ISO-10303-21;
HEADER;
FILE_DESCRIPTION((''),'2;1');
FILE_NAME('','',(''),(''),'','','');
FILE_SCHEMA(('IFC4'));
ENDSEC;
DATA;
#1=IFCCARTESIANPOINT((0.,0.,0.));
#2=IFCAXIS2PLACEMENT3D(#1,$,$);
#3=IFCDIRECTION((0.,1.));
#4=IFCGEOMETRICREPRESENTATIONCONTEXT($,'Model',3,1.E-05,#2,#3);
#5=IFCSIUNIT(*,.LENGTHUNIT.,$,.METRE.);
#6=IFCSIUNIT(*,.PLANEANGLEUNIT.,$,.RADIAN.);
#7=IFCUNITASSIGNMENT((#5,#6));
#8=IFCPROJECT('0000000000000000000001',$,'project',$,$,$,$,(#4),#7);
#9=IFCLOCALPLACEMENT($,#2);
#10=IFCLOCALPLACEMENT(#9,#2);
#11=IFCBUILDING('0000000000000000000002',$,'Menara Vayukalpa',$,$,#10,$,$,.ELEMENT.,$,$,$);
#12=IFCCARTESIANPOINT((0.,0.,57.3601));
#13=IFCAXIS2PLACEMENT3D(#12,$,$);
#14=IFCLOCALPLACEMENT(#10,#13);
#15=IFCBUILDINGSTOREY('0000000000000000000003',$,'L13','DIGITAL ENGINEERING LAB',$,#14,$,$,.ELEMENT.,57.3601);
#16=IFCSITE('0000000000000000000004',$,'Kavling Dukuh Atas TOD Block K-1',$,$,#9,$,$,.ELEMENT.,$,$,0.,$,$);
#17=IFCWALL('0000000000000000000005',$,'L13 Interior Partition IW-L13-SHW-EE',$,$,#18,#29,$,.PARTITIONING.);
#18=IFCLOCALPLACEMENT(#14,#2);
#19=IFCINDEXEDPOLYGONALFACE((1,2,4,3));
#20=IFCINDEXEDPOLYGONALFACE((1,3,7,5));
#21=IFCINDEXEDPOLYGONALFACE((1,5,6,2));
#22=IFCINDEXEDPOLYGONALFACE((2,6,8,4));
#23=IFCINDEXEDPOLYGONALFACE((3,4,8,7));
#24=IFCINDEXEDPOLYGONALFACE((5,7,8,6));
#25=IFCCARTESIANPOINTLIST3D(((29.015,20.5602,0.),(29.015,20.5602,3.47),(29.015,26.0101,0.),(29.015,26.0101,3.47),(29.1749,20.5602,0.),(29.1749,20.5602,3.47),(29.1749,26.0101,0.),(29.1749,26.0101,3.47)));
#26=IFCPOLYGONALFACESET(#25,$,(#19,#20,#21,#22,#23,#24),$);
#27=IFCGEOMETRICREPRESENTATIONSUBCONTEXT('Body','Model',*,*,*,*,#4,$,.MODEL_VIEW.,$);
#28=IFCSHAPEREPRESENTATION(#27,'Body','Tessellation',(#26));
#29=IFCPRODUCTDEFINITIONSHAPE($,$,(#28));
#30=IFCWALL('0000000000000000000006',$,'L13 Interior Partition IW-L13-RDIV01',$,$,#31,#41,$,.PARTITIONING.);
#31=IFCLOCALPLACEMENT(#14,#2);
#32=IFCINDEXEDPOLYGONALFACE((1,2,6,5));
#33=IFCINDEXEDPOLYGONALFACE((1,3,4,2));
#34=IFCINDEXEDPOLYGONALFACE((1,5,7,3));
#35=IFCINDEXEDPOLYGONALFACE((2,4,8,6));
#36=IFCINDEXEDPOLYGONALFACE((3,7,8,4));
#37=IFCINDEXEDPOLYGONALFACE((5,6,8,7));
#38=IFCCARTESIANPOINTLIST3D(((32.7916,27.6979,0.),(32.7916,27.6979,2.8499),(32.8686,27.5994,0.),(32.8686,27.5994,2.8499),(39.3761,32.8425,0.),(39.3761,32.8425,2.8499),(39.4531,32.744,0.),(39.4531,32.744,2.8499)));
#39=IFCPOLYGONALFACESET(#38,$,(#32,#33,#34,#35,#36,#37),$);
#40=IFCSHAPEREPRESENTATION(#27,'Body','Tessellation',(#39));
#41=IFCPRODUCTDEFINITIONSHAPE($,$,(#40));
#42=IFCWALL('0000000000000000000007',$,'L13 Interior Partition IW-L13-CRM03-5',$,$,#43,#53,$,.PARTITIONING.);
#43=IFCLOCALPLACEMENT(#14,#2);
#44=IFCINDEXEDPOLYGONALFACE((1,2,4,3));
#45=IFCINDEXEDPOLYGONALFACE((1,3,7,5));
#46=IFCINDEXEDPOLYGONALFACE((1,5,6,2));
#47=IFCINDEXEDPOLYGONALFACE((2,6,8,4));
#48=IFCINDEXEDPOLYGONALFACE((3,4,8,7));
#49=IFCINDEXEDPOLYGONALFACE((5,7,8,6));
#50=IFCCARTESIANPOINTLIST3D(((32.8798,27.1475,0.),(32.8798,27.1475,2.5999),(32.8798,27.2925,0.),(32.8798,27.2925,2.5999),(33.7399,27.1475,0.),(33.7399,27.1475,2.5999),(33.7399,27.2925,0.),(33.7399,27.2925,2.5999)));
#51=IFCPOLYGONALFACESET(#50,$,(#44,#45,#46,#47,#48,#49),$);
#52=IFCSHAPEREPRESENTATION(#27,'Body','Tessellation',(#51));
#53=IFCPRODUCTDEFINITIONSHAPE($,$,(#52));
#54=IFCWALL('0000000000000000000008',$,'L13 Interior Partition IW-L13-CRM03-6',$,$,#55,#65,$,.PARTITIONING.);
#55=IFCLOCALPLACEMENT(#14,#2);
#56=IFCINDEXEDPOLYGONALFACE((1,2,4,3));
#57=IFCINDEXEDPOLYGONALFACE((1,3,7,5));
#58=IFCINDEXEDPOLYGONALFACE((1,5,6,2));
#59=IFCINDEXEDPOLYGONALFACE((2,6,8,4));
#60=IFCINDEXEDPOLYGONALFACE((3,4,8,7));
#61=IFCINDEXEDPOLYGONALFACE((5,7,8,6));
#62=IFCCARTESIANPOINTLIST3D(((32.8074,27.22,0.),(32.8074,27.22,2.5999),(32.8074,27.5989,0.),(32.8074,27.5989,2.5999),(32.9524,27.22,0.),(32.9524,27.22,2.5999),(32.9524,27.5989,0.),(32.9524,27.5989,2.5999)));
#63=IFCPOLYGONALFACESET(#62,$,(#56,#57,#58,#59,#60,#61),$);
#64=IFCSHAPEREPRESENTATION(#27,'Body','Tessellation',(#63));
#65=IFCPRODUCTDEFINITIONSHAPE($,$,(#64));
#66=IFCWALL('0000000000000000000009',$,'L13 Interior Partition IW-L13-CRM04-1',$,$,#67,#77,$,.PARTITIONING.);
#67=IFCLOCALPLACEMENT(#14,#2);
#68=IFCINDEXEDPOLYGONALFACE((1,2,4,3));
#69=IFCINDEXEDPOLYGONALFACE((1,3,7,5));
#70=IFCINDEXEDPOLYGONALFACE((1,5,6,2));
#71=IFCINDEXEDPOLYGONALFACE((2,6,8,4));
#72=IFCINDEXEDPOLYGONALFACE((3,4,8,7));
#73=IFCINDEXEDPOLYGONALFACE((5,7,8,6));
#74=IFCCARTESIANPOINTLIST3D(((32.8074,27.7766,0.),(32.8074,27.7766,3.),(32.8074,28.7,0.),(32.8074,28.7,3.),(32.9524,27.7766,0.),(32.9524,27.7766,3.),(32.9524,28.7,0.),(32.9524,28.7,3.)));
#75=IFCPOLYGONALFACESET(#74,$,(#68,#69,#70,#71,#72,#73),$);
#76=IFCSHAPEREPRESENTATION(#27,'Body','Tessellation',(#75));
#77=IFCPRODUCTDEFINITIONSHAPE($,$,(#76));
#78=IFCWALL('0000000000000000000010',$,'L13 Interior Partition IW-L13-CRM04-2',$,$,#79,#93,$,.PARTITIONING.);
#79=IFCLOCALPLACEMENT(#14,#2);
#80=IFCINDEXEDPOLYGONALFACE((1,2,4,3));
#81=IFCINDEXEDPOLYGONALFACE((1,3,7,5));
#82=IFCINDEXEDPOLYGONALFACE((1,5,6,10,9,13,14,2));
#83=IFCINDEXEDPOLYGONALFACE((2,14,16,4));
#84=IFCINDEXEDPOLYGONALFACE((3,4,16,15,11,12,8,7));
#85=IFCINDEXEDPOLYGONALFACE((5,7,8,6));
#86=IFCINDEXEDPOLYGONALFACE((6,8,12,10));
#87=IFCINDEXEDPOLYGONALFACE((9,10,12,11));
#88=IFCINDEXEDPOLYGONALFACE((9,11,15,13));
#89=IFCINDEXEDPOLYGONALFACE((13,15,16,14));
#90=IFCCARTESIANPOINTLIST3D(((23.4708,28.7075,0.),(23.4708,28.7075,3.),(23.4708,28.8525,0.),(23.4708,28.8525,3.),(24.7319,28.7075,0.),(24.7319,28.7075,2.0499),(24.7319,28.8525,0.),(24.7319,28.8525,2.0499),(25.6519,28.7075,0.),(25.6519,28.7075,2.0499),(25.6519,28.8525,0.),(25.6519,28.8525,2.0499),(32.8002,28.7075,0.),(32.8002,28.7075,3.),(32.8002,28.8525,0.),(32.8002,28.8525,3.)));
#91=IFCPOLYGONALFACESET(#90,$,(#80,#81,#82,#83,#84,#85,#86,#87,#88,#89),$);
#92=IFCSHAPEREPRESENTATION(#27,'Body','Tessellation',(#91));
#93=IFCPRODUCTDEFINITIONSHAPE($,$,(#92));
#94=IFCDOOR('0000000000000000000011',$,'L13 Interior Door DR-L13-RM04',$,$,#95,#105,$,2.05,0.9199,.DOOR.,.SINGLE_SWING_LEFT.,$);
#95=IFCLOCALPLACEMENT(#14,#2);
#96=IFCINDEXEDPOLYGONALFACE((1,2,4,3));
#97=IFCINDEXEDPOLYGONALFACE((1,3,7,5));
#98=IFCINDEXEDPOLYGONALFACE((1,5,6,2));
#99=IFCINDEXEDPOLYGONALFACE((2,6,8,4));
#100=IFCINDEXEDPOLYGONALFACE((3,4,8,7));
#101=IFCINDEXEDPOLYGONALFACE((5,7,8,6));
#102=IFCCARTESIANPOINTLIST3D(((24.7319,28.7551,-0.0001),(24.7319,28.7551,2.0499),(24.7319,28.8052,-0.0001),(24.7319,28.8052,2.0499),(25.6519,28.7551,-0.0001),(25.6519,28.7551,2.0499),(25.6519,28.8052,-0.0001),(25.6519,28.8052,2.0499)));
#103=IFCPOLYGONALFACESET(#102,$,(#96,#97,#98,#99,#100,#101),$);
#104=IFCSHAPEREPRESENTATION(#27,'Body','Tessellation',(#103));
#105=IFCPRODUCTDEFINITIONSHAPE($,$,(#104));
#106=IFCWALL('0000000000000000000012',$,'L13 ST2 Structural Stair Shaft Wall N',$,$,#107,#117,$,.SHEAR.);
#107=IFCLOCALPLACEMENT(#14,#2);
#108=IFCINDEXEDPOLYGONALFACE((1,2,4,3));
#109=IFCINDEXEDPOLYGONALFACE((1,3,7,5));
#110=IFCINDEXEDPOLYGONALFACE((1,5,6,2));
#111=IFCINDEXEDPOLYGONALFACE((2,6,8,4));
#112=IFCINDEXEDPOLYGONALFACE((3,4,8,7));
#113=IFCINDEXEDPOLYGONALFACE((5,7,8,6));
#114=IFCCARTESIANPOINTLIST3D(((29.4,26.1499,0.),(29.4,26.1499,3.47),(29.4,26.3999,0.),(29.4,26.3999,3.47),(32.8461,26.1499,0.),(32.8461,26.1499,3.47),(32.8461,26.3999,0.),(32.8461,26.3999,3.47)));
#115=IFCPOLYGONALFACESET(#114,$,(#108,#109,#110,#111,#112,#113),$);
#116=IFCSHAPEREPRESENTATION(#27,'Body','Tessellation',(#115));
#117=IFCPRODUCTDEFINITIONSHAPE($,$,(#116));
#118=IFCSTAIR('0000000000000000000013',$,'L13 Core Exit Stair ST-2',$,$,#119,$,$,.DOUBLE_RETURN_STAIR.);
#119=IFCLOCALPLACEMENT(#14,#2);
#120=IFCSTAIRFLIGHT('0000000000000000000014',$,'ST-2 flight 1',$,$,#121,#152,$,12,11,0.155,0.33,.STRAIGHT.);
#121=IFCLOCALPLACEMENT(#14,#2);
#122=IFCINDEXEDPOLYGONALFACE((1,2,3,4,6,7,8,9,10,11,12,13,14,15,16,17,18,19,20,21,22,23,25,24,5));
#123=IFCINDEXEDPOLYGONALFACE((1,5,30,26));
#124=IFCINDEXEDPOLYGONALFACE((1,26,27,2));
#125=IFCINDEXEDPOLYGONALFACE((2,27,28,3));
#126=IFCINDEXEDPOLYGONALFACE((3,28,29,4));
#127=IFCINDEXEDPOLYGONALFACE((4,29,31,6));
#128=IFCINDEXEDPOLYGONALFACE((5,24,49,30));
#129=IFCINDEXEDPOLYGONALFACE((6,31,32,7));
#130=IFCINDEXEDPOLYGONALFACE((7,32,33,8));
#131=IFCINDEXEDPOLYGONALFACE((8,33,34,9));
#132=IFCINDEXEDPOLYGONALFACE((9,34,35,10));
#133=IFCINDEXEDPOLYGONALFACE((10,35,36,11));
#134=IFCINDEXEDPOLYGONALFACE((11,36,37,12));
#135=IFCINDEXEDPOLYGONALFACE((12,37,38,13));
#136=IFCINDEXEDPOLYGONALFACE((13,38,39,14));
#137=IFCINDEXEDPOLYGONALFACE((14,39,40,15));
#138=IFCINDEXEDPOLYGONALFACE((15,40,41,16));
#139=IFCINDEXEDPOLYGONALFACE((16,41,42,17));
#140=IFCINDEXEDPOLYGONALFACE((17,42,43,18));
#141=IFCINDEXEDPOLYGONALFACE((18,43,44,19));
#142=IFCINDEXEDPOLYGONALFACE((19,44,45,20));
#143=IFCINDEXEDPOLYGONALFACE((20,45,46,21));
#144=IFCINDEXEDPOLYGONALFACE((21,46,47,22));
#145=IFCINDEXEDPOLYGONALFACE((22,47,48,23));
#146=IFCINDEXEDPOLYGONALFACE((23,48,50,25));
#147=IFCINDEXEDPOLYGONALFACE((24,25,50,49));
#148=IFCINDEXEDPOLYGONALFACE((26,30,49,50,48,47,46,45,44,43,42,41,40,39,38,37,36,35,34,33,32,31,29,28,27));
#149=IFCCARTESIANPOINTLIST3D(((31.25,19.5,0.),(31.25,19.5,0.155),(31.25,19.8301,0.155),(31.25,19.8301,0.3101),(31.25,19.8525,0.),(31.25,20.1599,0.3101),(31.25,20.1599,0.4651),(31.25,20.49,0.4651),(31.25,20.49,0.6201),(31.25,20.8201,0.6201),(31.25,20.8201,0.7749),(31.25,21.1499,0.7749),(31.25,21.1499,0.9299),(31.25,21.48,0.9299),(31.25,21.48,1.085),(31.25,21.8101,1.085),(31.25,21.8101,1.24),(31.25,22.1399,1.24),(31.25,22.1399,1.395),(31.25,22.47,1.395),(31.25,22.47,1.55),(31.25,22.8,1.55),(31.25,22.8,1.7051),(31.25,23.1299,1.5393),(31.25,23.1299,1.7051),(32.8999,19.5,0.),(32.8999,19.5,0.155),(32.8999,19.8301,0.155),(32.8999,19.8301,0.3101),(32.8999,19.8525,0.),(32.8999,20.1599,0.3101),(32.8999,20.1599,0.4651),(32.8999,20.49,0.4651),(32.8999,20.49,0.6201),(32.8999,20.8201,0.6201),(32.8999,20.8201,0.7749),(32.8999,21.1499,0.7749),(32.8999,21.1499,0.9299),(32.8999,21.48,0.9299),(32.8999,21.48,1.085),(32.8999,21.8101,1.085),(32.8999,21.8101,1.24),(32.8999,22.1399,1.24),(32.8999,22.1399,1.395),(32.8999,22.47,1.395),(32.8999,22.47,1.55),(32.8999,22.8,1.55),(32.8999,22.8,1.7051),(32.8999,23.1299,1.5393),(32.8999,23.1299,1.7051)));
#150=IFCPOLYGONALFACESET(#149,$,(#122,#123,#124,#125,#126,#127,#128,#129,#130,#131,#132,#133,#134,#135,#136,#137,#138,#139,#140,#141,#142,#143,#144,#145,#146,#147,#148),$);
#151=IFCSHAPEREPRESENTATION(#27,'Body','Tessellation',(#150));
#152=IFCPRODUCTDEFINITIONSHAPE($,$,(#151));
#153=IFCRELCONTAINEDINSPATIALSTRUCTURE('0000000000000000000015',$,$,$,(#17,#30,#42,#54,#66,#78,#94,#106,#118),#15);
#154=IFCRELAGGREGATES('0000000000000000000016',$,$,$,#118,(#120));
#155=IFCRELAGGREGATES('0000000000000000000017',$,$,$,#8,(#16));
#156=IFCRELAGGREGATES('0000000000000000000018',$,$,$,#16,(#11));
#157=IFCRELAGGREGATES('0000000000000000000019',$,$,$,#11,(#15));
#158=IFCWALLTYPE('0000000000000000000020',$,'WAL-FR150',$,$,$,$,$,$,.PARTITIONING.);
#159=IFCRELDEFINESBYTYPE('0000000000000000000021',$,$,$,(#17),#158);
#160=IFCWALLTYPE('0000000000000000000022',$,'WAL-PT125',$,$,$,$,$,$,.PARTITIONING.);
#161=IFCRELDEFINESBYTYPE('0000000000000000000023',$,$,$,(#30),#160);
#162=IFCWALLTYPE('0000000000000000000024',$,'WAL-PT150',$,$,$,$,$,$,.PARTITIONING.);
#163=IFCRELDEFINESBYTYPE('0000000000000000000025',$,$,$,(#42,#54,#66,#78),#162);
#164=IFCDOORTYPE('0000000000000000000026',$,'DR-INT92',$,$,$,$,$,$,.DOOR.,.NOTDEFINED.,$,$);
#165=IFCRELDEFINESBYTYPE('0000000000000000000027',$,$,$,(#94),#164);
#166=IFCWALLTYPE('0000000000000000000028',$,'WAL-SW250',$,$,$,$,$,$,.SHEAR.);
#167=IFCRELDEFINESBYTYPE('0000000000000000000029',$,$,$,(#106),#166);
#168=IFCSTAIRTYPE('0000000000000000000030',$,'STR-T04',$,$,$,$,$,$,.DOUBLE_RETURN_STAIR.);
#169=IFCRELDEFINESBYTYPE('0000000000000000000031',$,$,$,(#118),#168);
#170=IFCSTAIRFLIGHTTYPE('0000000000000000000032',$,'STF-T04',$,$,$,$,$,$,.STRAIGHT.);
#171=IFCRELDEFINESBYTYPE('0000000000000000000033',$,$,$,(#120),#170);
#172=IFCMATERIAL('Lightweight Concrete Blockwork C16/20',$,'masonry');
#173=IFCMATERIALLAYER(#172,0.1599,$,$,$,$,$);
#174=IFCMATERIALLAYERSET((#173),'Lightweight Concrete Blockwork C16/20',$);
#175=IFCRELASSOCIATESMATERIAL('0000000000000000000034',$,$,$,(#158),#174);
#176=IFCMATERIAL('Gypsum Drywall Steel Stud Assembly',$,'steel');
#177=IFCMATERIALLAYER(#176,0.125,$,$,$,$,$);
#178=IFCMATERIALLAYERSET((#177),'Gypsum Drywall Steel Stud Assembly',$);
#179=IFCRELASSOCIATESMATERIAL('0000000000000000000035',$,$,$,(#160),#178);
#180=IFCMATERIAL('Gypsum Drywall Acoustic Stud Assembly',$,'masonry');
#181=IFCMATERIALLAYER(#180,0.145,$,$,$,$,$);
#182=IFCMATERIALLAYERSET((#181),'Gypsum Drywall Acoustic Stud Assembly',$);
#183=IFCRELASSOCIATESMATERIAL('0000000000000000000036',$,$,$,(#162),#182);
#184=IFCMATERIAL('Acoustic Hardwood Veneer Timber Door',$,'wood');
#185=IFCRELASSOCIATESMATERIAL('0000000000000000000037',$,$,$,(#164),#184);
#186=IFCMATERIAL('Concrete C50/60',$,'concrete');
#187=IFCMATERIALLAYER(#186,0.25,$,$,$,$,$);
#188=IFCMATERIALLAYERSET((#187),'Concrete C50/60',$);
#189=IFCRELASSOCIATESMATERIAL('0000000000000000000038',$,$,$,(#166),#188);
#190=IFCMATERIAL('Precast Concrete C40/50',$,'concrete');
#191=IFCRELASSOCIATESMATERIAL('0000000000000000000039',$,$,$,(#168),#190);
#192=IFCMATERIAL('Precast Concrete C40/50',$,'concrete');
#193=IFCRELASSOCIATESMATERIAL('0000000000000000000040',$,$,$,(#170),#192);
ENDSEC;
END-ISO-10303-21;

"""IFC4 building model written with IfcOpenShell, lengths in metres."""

from ifc_helpers import new_model, si_unit, direction, frame, frame_2d, origin, place, context, subcontext, project, spatial, polyline, rectangle, outline, extrude, material, layer, layer_set, type_object, element, fill, aggregate, save


model = new_model("IFC4")

# Units and contexts
model_context = context("Model", 3, precision=1e-05, world=origin(), true_north=direction((0.0, 1.0)))
body_context = subcontext(model_context, "Body", "Model", "MODEL_VIEW")
ifc_project = project(units=[si_unit("LENGTHUNIT", "METRE"), si_unit("PLANEANGLEUNIT", "RADIAN")], contexts=[model_context])

# Site, building, storey
site_placement = place(None, origin())
site = spatial("IfcSite", under=ifc_project, at=site_placement, Name="Kavling Dukuh Atas TOD Block K-1", CompositionType="ELEMENT", RefElevation=0.0)
building_placement = place(site_placement, origin())
building = spatial("IfcBuilding", under=site, at=building_placement, Name="Menara Vayukalpa", CompositionType="ELEMENT")
storey_placement = place(building_placement, frame((0.0, 0.0, 57.3601)))
storey = spatial("IfcBuildingStorey", under=building, at=storey_placement, Name="L13", Description="DIGITAL ENGINEERING LAB", CompositionType="ELEMENT", Elevation=57.3601)

# Walls
ifc_material_1 = material(Name="Lightweight Concrete Blockwork C16/20", Category="masonry")
ifc_layer_1 = layer(ifc_material_1, 0.1599)
ifc_layer_set_1 = layer_set([ifc_layer_1], Name="Lightweight Concrete Blockwork C16/20")
wall_type_1 = type_object("IfcWallType", Name="WAL-FR150", PredefinedType="PARTITIONING", material=ifc_layer_set_1)
wall_1_placement = place(storey_placement, frame((29.095, 20.5601, 0.0), z_axis=(0.0, 0.0, 1.0), x_axis=(0.0, 1.0, 0.0)))
element("IfcWall", 1, at=wall_1_placement, inside=storey, type_object=wall_type_1, Name="L13 Interior Partition IW-L13-SHW-EE", PredefinedType="PARTITIONING", context=body_context, shape_type="SweptSolid", body=[
    extrude(rectangle(XDim=5.45, YDim=0.1599, at=frame_2d((2.7251, 0.0))), origin(), (0.0, 0.0, 1.0), 3.47),
])
ifc_material_2 = material(Name="Gypsum Drywall Steel Stud Assembly", Category="steel")
ifc_layer_2 = layer(ifc_material_2, 0.125)
ifc_layer_set_2 = layer_set([ifc_layer_2], Name="Gypsum Drywall Steel Stud Assembly")
wall_type_2 = type_object("IfcWallType", Name="WAL-PT125", PredefinedType="PARTITIONING", material=ifc_layer_set_2)
wall_2_placement = place(storey_placement, frame((32.8301, 27.6487, 0.0), z_axis=(0.0, 0.0, 1.0), x_axis=(0.788, 0.615675, 0.0)))
element("IfcWall", 2, at=wall_2_placement, inside=storey, type_object=wall_type_2, Name="L13 Interior Partition IW-L13-RDIV01", PredefinedType="PARTITIONING", context=body_context, shape_type="SweptSolid", body=[
    extrude(rectangle(XDim=8.356, YDim=0.125, at=frame_2d((4.178, 0.0))), origin(), (0.0, 0.0, 1.0), 2.8499),
])
ifc_material_3 = material(Name="Gypsum Drywall Acoustic Stud Assembly", Category="masonry")
ifc_layer_3 = layer(ifc_material_3, 0.145)
ifc_layer_set_3 = layer_set([ifc_layer_3], Name="Gypsum Drywall Acoustic Stud Assembly")
wall_type_3 = type_object("IfcWallType", Name="WAL-PT150", PredefinedType="PARTITIONING", material=ifc_layer_set_3)
wall_3_placement = place(storey_placement, frame((33.74, 27.22, 0.0), z_axis=(0.0, 0.0, 1.0), x_axis=(-1.0, 0.0, 0.0)))
element("IfcWall", 3, at=wall_3_placement, inside=storey, type_object=wall_type_3, Name="L13 Interior Partition IW-L13-CRM03-5", PredefinedType="PARTITIONING", context=body_context, shape_type="SweptSolid", body=[
    extrude(rectangle(XDim=0.8601, YDim=0.145, at=frame_2d((0.4302, 0.0))), origin(), (0.0, 0.0, 1.0), 2.5999),
])
wall_4_placement = place(storey_placement, frame((32.8799, 27.22, 0.0), z_axis=(0.0, 0.0, 1.0), x_axis=(0.0, 1.0, 0.0)))
element("IfcWall", 4, at=wall_4_placement, inside=storey, type_object=wall_type_3, Name="L13 Interior Partition IW-L13-CRM03-6", PredefinedType="PARTITIONING", context=body_context, shape_type="SweptSolid", body=[
    extrude(rectangle(XDim=0.3789, YDim=0.145, at=frame_2d((0.1895, 0.0))), origin(), (0.0, 0.0, 1.0), 2.5999),
])
wall_5_placement = place(storey_placement, frame((32.8799, 27.7766, 0.0), z_axis=(0.0, 0.0, 1.0), x_axis=(0.0, 1.0, 0.0)))
element("IfcWall", 5, at=wall_5_placement, inside=storey, type_object=wall_type_3, Name="L13 Interior Partition IW-L13-CRM04-1", PredefinedType="PARTITIONING", context=body_context, shape_type="SweptSolid", body=[
    extrude(rectangle(XDim=0.9233, YDim=0.145, at=frame_2d((0.4617, 0.0))), origin(), (0.0, 0.0, 1.0), 3.0),
])

# Wall, opening, door
wall_6_placement = place(storey_placement, frame((32.8, 28.78, 0.0), z_axis=(0.0, 0.0, 1.0), x_axis=(-1.0, 0.0, 0.0)))
wall_6 = element("IfcWall", 6, at=wall_6_placement, inside=storey, type_object=wall_type_3, Name="L13 Interior Partition IW-L13-CRM04-2", PredefinedType="PARTITIONING", context=body_context, shape_type="SweptSolid", body=[
    extrude(rectangle(XDim=9.3293, YDim=0.145, at=frame_2d((4.6646, 0.0))), origin(), (0.0, 0.0, 1.0), 3.0),
])
opening_placement = place(wall_6_placement, frame((7.1482, 0.0, 0.0)))
opening = element("IfcOpeningElement", 7, at=opening_placement, cuts=wall_6, PredefinedType="OPENING", context=body_context, shape_type="SweptSolid", body=[
    extrude(rectangle(XDim=0.9199, YDim=2.05, at=frame_2d((0.46, 1.0249))), frame((0.0, 0.0825, 0.0), z_axis=(0.0, -1.0, 0.0), x_axis=(1.0, 0.0, 0.0)), (0.0, 0.0, 1.0), 0.165),
])
ifc_material_4 = material(Name="Acoustic Hardwood Veneer Timber Door", Category="wood")
door_type = type_object("IfcDoorType", Name="DR-INT92", OperationType="NOTDEFINED", PredefinedType="DOOR", material=ifc_material_4)
door_placement = place(opening_placement, origin())
door = element("IfcDoor", 8, at=door_placement, inside=storey, type_object=door_type, Name="L13 Interior Door DR-L13-RM04", OperationType="SINGLE_SWING_LEFT", OverallHeight=2.05, OverallWidth=0.9199, PredefinedType="DOOR", context=body_context, shape_type="SweptSolid", body=[
    extrude(rectangle(XDim=0.9199, YDim=2.05, at=frame_2d((0.46, 1.0249))), frame((0.0, 0.0249, 0.0), z_axis=(0.0, -1.0, 0.0), x_axis=(1.0, 0.0, 0.0)), (0.0, 0.0, 1.0), 0.05),
])
fill(opening, door)

# Wall
ifc_material_5 = material(Name="Concrete C50/60", Category="concrete")
ifc_layer_4 = layer(ifc_material_5, 0.25)
ifc_layer_set_4 = layer_set([ifc_layer_4], Name="Concrete C50/60")
wall_type_4 = type_object("IfcWallType", Name="WAL-SW250", PredefinedType="SHEAR", material=ifc_layer_set_4)
wall_7_placement = place(storey_placement, frame((29.3999, 26.2749, 0.0), z_axis=(0.0, 0.0, 1.0), x_axis=(1.0, 0.0, 0.0)))
element("IfcWall", 9, at=wall_7_placement, inside=storey, type_object=wall_type_4, Name="L13 ST2 Structural Stair Shaft Wall N", PredefinedType="SHEAR", context=body_context, shape_type="SweptSolid", body=[
    extrude(rectangle(XDim=3.446, YDim=0.25, at=frame_2d((1.7231, 0.0))), origin(), (0.0, 0.0, 1.0), 3.47),
])

# Stair, stair flight
ifc_material_6 = material(Name="Precast Concrete C40/50", Category="concrete")
stair_type = type_object("IfcStairType", Name="STR-T04", PredefinedType="DOUBLE_RETURN_STAIR", material=ifc_material_6)
stair_placement = place(storey_placement, origin())
stair = element("IfcStair", 10, at=stair_placement, inside=storey, type_object=stair_type, Name="L13 Core Exit Stair ST-2", PredefinedType="DOUBLE_RETURN_STAIR")
ifc_material_7 = material(Name="Precast Concrete C40/50", Category="concrete")
stair_flight_type = type_object("IfcStairFlightType", Name="STF-T04", PredefinedType="STRAIGHT", material=ifc_material_7)
stair_flight_1_placement = place(storey_placement, frame((32.075, 19.5, 0.0), z_axis=(0.0, 0.0, 1.0), x_axis=(0.0, 1.0, 0.0)))
stair_flight_1 = element("IfcStairFlight", 11, at=stair_flight_1_placement, type_object=stair_flight_type, Name="ST-2 flight 1", NumberOfRisers=12, NumberOfTreads=11, PredefinedType="STRAIGHT", RiserHeight=0.155, TreadLength=0.33, context=body_context, shape_type="SweptSolid", body=[
    extrude(outline(polyline([(0.0, 0.0), (0.0, 0.155), (0.3301, 0.155), (0.3301, 0.3101), (0.6599, 0.3101), (0.6599, 0.4651), (0.99, 0.4651), (0.99, 0.6201), (1.3201, 0.6201), (1.3201, 0.7749), (1.6499, 0.7749), (1.6499, 0.9299), (1.98, 0.9299), (1.98, 1.085), (2.3101, 1.085), (2.3101, 1.24), (2.6399, 1.24), (2.6399, 1.395), (2.97, 1.395), (2.97, 1.55), (3.3, 1.55), (3.3, 1.7051), (3.6299, 1.7051), (3.6299, 1.8601), (3.6299, 1.5393), (0.3525, 0.0), (0.0, 0.0)])), frame((0.0, 0.825, 0.0), z_axis=(0.0, -1.0, 0.0), x_axis=(1.0, 0.0, 0.0)), (0.0, 0.0, 1.0), 1.6499),
])
aggregate(stair, [stair_flight_1])

save(model, "model.ifc")
